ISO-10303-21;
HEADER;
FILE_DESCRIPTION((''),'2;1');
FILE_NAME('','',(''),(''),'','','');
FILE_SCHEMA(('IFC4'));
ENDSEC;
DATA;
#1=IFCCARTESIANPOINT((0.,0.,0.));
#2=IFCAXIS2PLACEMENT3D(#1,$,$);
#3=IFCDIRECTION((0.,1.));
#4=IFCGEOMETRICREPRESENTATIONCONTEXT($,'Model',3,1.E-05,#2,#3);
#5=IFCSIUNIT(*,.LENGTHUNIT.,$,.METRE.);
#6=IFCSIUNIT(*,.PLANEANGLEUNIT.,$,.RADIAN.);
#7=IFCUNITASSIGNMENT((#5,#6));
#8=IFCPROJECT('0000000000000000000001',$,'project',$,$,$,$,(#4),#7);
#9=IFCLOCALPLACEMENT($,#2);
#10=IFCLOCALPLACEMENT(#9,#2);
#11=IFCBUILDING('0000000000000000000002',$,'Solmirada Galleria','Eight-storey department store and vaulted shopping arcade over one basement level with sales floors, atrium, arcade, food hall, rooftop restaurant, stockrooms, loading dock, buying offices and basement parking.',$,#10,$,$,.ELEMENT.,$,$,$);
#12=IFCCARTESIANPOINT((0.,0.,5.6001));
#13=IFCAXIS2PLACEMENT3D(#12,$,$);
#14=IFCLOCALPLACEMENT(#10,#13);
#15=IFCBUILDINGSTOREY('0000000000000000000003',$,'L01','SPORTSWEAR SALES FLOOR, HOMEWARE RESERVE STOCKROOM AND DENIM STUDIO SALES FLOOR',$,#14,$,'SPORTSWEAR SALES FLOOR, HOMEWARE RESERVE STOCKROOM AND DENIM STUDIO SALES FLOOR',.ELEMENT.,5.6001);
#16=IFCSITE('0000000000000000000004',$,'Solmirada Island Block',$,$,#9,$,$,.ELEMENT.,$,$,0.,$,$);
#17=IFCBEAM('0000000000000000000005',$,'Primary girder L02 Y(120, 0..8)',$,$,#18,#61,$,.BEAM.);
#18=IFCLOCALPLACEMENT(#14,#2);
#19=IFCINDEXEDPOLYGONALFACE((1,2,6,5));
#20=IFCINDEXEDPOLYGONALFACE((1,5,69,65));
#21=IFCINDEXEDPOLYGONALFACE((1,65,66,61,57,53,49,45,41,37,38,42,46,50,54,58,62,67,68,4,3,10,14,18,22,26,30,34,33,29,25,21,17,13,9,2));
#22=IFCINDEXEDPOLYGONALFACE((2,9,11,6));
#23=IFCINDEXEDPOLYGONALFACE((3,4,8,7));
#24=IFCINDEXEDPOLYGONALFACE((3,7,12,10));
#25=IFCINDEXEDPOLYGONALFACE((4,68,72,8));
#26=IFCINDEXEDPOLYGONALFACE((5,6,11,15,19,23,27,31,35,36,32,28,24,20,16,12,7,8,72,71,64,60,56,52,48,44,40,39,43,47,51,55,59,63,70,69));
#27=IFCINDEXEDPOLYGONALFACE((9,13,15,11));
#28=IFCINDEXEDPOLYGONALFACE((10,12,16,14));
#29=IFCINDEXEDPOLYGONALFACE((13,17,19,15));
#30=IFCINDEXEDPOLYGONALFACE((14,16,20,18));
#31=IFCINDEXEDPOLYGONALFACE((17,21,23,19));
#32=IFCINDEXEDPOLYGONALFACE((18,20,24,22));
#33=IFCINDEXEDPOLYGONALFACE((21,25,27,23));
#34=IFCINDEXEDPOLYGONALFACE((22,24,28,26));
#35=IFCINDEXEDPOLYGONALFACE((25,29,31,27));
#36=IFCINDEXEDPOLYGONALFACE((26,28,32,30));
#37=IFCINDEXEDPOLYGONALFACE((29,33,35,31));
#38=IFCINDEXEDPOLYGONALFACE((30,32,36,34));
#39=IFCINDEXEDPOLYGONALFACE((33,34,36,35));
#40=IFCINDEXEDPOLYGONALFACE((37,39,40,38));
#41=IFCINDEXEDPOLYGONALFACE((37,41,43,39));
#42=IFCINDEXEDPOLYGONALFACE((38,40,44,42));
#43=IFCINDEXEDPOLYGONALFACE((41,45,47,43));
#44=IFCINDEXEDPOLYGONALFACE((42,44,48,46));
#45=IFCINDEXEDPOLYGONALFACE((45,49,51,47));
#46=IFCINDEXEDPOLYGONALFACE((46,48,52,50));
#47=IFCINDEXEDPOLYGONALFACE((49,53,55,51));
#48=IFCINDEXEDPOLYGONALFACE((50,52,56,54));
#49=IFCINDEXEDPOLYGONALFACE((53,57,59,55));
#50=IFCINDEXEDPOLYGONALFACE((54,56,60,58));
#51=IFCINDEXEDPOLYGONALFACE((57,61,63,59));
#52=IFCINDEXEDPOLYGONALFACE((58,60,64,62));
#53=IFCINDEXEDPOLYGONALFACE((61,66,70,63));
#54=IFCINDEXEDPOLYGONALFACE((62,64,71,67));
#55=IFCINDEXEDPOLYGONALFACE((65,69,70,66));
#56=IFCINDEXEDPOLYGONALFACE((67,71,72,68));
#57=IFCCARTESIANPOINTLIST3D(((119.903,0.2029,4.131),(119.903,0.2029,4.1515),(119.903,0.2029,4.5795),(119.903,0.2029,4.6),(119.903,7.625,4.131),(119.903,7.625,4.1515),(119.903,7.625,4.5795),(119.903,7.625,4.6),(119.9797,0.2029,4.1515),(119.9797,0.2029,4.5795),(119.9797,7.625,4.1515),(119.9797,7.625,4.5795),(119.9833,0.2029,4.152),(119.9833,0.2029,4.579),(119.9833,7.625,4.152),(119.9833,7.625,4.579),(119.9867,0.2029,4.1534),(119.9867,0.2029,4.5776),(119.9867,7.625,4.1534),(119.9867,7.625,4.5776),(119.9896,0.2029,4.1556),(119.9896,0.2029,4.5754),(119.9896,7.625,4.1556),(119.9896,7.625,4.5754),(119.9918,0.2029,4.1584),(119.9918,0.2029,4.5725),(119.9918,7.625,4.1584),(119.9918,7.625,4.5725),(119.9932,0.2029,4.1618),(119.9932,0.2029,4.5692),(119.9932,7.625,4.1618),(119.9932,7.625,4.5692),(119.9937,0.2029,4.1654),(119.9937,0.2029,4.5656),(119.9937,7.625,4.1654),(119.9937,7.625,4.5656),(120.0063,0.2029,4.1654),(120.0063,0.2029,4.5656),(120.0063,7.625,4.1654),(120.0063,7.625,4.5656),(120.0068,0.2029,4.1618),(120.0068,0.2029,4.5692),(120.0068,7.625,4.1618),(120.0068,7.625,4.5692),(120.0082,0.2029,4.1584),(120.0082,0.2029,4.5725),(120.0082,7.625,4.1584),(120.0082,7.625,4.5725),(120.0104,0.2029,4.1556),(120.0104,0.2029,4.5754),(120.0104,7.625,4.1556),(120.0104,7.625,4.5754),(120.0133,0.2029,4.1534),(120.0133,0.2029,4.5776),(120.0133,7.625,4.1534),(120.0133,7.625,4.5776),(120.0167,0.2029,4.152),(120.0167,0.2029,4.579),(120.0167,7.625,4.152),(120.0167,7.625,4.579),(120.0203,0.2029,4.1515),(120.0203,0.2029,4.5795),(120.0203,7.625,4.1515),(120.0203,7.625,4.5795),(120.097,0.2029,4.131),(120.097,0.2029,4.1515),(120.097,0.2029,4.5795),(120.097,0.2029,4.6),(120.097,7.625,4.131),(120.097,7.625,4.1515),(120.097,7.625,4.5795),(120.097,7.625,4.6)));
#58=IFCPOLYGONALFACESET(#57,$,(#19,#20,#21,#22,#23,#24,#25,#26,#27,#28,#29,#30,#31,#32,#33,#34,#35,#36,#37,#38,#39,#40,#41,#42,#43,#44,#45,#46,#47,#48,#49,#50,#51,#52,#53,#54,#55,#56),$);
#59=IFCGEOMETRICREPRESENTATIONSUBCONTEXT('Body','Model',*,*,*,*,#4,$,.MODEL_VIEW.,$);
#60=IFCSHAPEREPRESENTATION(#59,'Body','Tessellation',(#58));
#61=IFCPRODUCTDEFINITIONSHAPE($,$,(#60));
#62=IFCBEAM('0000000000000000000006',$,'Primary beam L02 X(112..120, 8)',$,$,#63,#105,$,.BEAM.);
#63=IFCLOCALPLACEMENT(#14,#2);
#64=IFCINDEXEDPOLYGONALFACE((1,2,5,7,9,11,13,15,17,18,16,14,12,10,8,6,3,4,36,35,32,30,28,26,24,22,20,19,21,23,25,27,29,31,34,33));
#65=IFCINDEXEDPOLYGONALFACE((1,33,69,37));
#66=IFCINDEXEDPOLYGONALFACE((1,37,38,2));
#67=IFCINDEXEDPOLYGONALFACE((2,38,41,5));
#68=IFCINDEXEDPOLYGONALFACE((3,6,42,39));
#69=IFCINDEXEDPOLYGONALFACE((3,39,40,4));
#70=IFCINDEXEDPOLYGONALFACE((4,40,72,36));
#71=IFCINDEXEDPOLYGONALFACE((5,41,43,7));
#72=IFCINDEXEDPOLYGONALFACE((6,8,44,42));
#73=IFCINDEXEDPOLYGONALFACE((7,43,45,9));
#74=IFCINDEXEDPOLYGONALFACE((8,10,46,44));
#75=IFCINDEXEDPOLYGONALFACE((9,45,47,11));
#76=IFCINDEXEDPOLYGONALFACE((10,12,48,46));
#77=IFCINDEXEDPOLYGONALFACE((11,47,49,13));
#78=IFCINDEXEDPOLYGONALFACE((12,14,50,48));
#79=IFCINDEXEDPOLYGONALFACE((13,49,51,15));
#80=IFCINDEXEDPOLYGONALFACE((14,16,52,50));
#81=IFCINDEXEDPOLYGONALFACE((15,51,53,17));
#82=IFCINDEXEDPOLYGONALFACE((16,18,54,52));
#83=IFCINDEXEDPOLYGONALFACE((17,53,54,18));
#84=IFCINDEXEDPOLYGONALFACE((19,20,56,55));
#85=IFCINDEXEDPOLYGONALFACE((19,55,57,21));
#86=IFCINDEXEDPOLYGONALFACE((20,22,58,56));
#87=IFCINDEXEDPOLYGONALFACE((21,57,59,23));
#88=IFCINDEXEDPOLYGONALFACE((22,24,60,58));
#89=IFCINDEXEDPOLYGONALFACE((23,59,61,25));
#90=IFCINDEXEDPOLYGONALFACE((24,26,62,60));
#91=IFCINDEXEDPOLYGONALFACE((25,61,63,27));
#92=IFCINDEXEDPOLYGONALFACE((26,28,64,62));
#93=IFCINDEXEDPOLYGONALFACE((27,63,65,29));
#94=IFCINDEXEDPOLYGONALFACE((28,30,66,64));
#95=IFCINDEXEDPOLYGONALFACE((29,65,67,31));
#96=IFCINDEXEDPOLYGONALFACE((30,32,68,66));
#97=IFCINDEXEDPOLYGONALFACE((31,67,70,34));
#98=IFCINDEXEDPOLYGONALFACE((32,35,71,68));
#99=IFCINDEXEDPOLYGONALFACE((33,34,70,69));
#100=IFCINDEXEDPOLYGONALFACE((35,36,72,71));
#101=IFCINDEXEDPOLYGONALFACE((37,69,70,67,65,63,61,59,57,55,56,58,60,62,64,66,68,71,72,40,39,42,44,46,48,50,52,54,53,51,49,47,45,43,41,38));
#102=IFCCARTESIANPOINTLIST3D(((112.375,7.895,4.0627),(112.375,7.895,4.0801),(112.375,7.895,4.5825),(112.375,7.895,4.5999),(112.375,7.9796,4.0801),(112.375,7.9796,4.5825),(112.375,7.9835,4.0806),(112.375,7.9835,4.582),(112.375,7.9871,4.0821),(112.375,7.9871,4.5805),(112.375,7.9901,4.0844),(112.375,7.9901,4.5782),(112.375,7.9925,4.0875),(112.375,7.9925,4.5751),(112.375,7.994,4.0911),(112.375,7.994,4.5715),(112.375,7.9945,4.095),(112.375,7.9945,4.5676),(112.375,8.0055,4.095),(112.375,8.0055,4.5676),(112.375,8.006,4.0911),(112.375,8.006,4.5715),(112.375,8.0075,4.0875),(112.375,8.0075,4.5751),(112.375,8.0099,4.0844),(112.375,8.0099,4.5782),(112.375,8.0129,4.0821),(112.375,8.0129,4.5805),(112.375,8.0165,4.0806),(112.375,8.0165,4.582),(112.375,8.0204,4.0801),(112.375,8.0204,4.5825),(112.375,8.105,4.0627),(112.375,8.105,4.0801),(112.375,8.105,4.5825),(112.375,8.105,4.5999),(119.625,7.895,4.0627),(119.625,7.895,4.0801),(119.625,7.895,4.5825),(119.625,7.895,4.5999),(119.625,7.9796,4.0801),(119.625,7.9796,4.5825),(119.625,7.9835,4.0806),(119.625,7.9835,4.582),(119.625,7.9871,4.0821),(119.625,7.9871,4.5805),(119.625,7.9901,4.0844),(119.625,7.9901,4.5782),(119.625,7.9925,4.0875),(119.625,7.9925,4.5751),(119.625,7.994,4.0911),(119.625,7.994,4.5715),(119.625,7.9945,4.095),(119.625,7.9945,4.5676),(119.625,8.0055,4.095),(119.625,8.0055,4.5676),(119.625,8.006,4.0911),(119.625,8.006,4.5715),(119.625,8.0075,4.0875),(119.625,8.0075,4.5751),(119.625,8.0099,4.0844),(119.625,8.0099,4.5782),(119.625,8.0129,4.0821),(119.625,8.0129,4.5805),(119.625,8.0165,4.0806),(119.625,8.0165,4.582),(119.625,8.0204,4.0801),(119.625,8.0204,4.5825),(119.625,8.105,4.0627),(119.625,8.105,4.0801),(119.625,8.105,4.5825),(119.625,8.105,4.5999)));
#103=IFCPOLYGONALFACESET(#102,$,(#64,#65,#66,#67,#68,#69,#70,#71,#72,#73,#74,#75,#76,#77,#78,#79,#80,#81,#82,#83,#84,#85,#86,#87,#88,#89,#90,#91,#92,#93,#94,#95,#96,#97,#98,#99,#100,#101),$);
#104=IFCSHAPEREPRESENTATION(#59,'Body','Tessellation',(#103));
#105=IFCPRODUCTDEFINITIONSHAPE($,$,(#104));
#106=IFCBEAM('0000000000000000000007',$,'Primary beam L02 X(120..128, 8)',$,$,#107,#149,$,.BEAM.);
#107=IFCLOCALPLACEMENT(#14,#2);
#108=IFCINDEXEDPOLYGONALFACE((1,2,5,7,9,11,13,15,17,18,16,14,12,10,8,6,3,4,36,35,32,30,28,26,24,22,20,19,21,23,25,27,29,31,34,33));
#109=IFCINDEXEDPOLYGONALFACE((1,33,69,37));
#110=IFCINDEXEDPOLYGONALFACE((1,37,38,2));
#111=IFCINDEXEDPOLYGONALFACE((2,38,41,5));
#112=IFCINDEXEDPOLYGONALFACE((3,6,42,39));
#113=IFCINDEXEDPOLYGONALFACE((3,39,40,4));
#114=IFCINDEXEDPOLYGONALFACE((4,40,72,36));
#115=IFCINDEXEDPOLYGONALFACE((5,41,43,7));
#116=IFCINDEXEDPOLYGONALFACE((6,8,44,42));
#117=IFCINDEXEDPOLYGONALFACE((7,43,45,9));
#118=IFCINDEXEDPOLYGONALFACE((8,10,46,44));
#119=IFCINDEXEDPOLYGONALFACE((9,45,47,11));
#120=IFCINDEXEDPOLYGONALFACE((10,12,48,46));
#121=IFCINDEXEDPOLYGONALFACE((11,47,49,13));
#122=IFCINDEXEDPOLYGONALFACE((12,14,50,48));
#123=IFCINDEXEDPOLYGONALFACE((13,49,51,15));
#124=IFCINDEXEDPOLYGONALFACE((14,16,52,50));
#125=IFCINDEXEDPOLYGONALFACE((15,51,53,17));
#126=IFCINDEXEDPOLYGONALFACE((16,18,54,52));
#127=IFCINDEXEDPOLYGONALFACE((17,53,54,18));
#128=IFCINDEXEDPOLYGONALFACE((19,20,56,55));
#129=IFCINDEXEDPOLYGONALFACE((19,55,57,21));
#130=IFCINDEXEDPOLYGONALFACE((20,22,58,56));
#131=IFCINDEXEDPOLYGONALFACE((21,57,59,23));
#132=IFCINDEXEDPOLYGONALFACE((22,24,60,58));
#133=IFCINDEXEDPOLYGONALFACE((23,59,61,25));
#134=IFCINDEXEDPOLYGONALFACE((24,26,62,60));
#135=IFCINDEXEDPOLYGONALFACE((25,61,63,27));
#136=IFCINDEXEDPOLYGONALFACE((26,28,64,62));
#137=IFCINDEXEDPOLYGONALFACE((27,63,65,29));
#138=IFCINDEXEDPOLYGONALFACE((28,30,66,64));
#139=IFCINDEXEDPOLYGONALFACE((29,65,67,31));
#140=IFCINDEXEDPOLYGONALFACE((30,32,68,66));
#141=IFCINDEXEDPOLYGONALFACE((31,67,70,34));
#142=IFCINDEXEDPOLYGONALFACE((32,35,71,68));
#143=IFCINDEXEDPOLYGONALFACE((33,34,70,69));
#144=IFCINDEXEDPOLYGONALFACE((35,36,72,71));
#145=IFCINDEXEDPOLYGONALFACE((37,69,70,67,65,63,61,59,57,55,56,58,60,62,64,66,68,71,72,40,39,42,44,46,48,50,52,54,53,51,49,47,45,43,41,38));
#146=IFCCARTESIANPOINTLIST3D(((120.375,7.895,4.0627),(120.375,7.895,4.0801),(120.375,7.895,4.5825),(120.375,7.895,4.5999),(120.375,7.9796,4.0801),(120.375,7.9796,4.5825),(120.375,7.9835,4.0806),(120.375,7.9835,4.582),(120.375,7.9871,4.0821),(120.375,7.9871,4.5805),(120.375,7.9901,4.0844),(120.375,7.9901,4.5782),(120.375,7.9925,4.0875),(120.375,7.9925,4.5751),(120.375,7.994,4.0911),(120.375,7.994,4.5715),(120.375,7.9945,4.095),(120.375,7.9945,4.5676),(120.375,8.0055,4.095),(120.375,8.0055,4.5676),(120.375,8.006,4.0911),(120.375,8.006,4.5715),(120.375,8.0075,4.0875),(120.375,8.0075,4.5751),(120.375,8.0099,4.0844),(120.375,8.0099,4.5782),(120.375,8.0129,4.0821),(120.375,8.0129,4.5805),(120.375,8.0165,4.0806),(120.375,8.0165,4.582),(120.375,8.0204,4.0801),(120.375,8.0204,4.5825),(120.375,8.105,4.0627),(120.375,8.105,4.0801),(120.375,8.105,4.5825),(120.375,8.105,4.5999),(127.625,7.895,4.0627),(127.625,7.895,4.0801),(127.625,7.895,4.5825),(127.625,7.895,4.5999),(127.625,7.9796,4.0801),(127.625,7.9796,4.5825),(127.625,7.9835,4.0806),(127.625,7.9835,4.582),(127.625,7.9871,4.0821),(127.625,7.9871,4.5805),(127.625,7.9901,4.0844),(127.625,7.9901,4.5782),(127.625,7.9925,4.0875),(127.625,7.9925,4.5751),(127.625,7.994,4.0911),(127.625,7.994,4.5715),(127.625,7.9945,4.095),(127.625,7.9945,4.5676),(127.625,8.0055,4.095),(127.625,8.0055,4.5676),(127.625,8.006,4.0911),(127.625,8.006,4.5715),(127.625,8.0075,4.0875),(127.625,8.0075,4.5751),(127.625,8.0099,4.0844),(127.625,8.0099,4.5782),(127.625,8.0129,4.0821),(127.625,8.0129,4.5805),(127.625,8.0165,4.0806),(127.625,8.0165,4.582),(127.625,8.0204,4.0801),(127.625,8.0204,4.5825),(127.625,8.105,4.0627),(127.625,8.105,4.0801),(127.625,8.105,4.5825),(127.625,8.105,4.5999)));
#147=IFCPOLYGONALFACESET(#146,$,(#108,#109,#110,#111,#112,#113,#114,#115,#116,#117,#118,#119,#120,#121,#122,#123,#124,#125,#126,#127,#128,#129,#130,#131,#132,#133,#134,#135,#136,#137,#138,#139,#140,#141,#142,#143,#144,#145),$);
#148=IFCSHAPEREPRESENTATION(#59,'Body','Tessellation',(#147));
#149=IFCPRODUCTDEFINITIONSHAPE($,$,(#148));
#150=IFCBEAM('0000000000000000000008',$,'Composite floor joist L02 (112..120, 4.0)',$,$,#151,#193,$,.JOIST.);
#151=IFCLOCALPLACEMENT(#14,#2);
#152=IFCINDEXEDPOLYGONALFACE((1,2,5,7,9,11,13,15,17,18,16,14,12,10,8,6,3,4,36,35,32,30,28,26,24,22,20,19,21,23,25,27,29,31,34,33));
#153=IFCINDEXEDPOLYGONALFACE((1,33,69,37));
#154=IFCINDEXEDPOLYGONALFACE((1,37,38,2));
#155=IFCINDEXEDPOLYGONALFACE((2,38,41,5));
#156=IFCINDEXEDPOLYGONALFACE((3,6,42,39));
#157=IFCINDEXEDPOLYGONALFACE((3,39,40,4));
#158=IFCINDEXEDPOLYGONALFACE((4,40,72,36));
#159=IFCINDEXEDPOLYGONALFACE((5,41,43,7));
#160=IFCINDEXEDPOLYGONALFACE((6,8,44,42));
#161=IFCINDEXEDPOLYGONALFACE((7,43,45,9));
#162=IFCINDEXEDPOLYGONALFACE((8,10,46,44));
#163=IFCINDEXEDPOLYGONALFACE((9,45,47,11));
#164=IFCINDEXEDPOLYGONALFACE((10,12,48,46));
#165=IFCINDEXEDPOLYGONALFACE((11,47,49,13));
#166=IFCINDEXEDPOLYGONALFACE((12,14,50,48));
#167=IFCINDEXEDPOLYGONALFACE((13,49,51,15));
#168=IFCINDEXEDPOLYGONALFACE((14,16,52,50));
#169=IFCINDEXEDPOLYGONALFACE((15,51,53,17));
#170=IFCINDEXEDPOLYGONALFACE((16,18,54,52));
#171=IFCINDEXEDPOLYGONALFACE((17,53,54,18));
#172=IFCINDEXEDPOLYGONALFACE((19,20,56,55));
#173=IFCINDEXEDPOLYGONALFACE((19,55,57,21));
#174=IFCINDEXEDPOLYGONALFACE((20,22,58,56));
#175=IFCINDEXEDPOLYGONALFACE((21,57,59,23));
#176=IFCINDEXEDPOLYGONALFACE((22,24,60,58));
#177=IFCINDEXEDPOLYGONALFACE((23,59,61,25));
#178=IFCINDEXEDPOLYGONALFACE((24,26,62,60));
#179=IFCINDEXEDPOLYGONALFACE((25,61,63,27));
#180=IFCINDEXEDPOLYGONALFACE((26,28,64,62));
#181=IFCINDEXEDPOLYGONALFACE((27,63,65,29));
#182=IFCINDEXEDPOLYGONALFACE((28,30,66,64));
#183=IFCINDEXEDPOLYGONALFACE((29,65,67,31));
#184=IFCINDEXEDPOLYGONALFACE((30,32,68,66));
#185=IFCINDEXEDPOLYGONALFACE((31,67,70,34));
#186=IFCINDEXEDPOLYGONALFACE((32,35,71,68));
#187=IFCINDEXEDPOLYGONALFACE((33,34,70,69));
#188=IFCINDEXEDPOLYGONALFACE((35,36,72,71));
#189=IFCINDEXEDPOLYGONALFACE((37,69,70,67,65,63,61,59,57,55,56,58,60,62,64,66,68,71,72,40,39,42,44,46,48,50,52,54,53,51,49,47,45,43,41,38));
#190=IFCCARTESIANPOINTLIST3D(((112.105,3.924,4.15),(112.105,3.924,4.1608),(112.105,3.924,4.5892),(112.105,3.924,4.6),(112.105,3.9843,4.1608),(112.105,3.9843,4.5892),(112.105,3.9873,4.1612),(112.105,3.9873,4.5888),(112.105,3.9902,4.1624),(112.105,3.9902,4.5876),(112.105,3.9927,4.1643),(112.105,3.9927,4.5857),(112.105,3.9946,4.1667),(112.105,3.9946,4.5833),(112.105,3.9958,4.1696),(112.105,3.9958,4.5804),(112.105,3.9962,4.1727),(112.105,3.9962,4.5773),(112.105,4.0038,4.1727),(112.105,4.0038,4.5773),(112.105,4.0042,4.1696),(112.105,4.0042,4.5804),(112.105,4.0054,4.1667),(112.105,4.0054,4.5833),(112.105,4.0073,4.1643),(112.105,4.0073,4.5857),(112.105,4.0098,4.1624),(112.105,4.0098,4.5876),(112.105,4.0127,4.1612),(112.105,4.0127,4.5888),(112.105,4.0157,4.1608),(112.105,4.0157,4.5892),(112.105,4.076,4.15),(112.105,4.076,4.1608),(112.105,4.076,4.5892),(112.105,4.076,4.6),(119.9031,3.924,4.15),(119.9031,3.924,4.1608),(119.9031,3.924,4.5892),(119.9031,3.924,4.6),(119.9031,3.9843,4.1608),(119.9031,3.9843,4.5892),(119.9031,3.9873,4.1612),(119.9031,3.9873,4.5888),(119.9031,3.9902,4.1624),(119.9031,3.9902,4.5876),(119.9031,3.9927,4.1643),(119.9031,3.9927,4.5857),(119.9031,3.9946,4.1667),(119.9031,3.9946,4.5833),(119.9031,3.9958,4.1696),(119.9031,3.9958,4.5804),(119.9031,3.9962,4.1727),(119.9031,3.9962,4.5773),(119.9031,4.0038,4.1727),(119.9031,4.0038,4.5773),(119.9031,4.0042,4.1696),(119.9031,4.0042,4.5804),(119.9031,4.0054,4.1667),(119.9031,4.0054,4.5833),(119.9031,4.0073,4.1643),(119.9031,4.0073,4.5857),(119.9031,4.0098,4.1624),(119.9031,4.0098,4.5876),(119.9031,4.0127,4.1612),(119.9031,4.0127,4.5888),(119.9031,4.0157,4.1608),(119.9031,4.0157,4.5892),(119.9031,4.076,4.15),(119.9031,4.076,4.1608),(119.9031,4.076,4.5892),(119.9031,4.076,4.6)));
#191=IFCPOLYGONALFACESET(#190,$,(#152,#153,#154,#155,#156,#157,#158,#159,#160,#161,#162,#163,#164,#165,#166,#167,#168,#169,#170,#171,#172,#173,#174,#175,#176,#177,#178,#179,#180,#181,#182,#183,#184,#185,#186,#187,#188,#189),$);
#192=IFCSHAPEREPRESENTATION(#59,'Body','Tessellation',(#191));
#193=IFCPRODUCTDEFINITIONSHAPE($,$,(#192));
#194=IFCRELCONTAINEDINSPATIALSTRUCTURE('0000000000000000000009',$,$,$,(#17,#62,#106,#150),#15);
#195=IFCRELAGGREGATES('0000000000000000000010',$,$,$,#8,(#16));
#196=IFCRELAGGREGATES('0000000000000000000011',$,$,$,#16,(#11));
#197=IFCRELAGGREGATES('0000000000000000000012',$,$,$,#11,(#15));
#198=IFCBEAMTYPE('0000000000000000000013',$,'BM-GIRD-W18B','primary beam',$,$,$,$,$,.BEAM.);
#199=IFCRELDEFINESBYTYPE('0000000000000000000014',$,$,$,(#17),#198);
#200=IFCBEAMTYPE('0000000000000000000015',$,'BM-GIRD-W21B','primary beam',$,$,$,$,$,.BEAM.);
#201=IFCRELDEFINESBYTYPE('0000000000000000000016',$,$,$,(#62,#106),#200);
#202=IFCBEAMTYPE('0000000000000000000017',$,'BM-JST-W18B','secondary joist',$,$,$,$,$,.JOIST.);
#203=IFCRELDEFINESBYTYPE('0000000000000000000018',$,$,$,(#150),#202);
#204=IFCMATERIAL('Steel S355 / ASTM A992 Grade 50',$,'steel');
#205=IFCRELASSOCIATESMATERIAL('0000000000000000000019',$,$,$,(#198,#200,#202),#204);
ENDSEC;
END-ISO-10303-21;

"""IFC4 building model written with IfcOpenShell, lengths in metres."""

from ifc_helpers import new_model, si_unit, direction, frame, origin, origin_2d, place, context, subcontext, project, spatial, i_section, extrude, material, material_profile, profile_set, type_object, element, save


model = new_model("IFC4")

# Units and contexts
model_context = context("Model", 3, precision=1e-05, world=origin(), true_north=direction((0.0, 1.0)))
body_context = subcontext(model_context, "Body", "Model", "MODEL_VIEW")
ifc_project = project(units=[si_unit("LENGTHUNIT", "METRE"), si_unit("PLANEANGLEUNIT", "RADIAN")], contexts=[model_context])

# Site, building, storey
site_placement = place(None, origin())
site = spatial("IfcSite", under=ifc_project, at=site_placement, Name="Solmirada Island Block", CompositionType="ELEMENT", RefElevation=0.0)
building_placement = place(site_placement, origin())
building = spatial("IfcBuilding", under=site, at=building_placement, Name="Solmirada Galleria", Description="Eight-storey department store and vaulted shopping arcade over one basement level with sales floors, atrium, arcade, food hall, rooftop restaurant, stockrooms, loading dock, buying offices and basement parking.", CompositionType="ELEMENT")
storey_placement = place(building_placement, frame((0.0, 0.0, 5.6001)))
storey = spatial("IfcBuildingStorey", under=building, at=storey_placement, Name="L01", Description="SPORTSWEAR SALES FLOOR, HOMEWARE RESERVE STOCKROOM AND DENIM STUDIO SALES FLOOR", LongName="SPORTSWEAR SALES FLOOR, HOMEWARE RESERVE STOCKROOM AND DENIM STUDIO SALES FLOOR", CompositionType="ELEMENT", Elevation=5.6001)

# Beams
ifc_material_1 = material(Name="Steel S355 / ASTM A992 Grade 50", Category="steel")
ifc_material_profile_1 = material_profile(ifc_material_1, i_section(OverallWidth=0.1941, OverallDepth=0.469, WebThickness=0.0127, FlangeThickness=0.0205, FilletRadius=0.0139, at=origin_2d()), Name="W18X71")
ifc_profile_set_1 = profile_set([ifc_material_profile_1], Name="Steel S355 / ASTM A992 Grade 50")
beam_type_1 = type_object("IfcBeamType", Name="BM-GIRD-W18B", Description="primary beam", PredefinedType="BEAM", material=ifc_profile_set_1)
beam_placement = place(storey_placement, frame((120.0, 0.2029, 4.3655), z_axis=(0.0, 1.0, 0.0), x_axis=(-1.0, 0.0, 0.0)))
element("IfcBeam", 1, at=beam_placement, inside=storey, type_object=beam_type_1, Name="Primary girder L02 Y(120, 0..8)", PredefinedType="BEAM", context=body_context, shape_type="SweptSolid", body=[
    extrude(i_section(OverallWidth=0.1941, OverallDepth=0.469, WebThickness=0.0127, FlangeThickness=0.0205, FilletRadius=0.0139, at=origin_2d()), origin(), (0.0, 0.0, 1.0), 7.4221),
])
ifc_material_profile_2 = material_profile(ifc_material_1, i_section(OverallWidth=0.21, OverallDepth=0.5371, WebThickness=0.011, FlangeThickness=0.0173, FilletRadius=0.0149, at=origin_2d()), Name="W21X68")
ifc_profile_set_2 = profile_set([ifc_material_profile_2], Name="Steel S355 / ASTM A992 Grade 50")
beam_type_2 = type_object("IfcBeamType", Name="BM-GIRD-W21B", Description="primary beam", PredefinedType="BEAM", material=ifc_profile_set_2)
for number, where, z_axis, x_axis, name in (
    (2, (112.375, 8.0, 4.3313), (1.0, 0.0, 0.0), (0.0, 1.0, 0.0), "Primary beam L02 X(112..120, 8)"),
    (3, (120.375, 8.0, 4.3313), (1.0, 0.0, 0.0), (0.0, 1.0, 0.0), "Primary beam L02 X(120..128, 8)"),
):
    element("IfcBeam", number, at=place(storey_placement, frame(where, z_axis=z_axis, x_axis=x_axis)), inside=storey, type_object=beam_type_2, Name=name, PredefinedType="BEAM", context=body_context, shape_type="SweptSolid", body=[
        extrude(i_section(OverallWidth=0.21, OverallDepth=0.5371, WebThickness=0.011, FlangeThickness=0.0173, FilletRadius=0.0149, at=origin_2d()), origin(), (0.0, 0.0, 1.0), 7.25),
    ])
ifc_material_profile_3 = material_profile(ifc_material_1, i_section(OverallWidth=0.1521, OverallDepth=0.45, WebThickness=0.0076, FlangeThickness=0.0107, FilletRadius=0.012, at=origin_2d()), Name="W18X35")
ifc_profile_set_3 = profile_set([ifc_material_profile_3], Name="Steel S355 / ASTM A992 Grade 50")
beam_type_3 = type_object("IfcBeamType", Name="BM-JST-W18B", Description="secondary joist", PredefinedType="JOIST", material=ifc_profile_set_3)
for number, where, z_axis, x_axis, name in (
    (4, (112.105, 4.0, 4.375), (1.0, 0.0, 0.0), (0.0, 1.0, 0.0), "Composite floor joist L02 (112..120, 4.0)"),
):
    element("IfcBeam", number, at=place(storey_placement, frame(where, z_axis=z_axis, x_axis=x_axis)), inside=storey, type_object=beam_type_3, Name=name, PredefinedType="JOIST", context=body_context, shape_type="SweptSolid", body=[
        extrude(i_section(OverallWidth=0.1521, OverallDepth=0.45, WebThickness=0.0076, FlangeThickness=0.0107, FilletRadius=0.012, at=origin_2d()), origin(), (0.0, 0.0, 1.0), 7.7981),
    ])

save(model, "model.ifc")
